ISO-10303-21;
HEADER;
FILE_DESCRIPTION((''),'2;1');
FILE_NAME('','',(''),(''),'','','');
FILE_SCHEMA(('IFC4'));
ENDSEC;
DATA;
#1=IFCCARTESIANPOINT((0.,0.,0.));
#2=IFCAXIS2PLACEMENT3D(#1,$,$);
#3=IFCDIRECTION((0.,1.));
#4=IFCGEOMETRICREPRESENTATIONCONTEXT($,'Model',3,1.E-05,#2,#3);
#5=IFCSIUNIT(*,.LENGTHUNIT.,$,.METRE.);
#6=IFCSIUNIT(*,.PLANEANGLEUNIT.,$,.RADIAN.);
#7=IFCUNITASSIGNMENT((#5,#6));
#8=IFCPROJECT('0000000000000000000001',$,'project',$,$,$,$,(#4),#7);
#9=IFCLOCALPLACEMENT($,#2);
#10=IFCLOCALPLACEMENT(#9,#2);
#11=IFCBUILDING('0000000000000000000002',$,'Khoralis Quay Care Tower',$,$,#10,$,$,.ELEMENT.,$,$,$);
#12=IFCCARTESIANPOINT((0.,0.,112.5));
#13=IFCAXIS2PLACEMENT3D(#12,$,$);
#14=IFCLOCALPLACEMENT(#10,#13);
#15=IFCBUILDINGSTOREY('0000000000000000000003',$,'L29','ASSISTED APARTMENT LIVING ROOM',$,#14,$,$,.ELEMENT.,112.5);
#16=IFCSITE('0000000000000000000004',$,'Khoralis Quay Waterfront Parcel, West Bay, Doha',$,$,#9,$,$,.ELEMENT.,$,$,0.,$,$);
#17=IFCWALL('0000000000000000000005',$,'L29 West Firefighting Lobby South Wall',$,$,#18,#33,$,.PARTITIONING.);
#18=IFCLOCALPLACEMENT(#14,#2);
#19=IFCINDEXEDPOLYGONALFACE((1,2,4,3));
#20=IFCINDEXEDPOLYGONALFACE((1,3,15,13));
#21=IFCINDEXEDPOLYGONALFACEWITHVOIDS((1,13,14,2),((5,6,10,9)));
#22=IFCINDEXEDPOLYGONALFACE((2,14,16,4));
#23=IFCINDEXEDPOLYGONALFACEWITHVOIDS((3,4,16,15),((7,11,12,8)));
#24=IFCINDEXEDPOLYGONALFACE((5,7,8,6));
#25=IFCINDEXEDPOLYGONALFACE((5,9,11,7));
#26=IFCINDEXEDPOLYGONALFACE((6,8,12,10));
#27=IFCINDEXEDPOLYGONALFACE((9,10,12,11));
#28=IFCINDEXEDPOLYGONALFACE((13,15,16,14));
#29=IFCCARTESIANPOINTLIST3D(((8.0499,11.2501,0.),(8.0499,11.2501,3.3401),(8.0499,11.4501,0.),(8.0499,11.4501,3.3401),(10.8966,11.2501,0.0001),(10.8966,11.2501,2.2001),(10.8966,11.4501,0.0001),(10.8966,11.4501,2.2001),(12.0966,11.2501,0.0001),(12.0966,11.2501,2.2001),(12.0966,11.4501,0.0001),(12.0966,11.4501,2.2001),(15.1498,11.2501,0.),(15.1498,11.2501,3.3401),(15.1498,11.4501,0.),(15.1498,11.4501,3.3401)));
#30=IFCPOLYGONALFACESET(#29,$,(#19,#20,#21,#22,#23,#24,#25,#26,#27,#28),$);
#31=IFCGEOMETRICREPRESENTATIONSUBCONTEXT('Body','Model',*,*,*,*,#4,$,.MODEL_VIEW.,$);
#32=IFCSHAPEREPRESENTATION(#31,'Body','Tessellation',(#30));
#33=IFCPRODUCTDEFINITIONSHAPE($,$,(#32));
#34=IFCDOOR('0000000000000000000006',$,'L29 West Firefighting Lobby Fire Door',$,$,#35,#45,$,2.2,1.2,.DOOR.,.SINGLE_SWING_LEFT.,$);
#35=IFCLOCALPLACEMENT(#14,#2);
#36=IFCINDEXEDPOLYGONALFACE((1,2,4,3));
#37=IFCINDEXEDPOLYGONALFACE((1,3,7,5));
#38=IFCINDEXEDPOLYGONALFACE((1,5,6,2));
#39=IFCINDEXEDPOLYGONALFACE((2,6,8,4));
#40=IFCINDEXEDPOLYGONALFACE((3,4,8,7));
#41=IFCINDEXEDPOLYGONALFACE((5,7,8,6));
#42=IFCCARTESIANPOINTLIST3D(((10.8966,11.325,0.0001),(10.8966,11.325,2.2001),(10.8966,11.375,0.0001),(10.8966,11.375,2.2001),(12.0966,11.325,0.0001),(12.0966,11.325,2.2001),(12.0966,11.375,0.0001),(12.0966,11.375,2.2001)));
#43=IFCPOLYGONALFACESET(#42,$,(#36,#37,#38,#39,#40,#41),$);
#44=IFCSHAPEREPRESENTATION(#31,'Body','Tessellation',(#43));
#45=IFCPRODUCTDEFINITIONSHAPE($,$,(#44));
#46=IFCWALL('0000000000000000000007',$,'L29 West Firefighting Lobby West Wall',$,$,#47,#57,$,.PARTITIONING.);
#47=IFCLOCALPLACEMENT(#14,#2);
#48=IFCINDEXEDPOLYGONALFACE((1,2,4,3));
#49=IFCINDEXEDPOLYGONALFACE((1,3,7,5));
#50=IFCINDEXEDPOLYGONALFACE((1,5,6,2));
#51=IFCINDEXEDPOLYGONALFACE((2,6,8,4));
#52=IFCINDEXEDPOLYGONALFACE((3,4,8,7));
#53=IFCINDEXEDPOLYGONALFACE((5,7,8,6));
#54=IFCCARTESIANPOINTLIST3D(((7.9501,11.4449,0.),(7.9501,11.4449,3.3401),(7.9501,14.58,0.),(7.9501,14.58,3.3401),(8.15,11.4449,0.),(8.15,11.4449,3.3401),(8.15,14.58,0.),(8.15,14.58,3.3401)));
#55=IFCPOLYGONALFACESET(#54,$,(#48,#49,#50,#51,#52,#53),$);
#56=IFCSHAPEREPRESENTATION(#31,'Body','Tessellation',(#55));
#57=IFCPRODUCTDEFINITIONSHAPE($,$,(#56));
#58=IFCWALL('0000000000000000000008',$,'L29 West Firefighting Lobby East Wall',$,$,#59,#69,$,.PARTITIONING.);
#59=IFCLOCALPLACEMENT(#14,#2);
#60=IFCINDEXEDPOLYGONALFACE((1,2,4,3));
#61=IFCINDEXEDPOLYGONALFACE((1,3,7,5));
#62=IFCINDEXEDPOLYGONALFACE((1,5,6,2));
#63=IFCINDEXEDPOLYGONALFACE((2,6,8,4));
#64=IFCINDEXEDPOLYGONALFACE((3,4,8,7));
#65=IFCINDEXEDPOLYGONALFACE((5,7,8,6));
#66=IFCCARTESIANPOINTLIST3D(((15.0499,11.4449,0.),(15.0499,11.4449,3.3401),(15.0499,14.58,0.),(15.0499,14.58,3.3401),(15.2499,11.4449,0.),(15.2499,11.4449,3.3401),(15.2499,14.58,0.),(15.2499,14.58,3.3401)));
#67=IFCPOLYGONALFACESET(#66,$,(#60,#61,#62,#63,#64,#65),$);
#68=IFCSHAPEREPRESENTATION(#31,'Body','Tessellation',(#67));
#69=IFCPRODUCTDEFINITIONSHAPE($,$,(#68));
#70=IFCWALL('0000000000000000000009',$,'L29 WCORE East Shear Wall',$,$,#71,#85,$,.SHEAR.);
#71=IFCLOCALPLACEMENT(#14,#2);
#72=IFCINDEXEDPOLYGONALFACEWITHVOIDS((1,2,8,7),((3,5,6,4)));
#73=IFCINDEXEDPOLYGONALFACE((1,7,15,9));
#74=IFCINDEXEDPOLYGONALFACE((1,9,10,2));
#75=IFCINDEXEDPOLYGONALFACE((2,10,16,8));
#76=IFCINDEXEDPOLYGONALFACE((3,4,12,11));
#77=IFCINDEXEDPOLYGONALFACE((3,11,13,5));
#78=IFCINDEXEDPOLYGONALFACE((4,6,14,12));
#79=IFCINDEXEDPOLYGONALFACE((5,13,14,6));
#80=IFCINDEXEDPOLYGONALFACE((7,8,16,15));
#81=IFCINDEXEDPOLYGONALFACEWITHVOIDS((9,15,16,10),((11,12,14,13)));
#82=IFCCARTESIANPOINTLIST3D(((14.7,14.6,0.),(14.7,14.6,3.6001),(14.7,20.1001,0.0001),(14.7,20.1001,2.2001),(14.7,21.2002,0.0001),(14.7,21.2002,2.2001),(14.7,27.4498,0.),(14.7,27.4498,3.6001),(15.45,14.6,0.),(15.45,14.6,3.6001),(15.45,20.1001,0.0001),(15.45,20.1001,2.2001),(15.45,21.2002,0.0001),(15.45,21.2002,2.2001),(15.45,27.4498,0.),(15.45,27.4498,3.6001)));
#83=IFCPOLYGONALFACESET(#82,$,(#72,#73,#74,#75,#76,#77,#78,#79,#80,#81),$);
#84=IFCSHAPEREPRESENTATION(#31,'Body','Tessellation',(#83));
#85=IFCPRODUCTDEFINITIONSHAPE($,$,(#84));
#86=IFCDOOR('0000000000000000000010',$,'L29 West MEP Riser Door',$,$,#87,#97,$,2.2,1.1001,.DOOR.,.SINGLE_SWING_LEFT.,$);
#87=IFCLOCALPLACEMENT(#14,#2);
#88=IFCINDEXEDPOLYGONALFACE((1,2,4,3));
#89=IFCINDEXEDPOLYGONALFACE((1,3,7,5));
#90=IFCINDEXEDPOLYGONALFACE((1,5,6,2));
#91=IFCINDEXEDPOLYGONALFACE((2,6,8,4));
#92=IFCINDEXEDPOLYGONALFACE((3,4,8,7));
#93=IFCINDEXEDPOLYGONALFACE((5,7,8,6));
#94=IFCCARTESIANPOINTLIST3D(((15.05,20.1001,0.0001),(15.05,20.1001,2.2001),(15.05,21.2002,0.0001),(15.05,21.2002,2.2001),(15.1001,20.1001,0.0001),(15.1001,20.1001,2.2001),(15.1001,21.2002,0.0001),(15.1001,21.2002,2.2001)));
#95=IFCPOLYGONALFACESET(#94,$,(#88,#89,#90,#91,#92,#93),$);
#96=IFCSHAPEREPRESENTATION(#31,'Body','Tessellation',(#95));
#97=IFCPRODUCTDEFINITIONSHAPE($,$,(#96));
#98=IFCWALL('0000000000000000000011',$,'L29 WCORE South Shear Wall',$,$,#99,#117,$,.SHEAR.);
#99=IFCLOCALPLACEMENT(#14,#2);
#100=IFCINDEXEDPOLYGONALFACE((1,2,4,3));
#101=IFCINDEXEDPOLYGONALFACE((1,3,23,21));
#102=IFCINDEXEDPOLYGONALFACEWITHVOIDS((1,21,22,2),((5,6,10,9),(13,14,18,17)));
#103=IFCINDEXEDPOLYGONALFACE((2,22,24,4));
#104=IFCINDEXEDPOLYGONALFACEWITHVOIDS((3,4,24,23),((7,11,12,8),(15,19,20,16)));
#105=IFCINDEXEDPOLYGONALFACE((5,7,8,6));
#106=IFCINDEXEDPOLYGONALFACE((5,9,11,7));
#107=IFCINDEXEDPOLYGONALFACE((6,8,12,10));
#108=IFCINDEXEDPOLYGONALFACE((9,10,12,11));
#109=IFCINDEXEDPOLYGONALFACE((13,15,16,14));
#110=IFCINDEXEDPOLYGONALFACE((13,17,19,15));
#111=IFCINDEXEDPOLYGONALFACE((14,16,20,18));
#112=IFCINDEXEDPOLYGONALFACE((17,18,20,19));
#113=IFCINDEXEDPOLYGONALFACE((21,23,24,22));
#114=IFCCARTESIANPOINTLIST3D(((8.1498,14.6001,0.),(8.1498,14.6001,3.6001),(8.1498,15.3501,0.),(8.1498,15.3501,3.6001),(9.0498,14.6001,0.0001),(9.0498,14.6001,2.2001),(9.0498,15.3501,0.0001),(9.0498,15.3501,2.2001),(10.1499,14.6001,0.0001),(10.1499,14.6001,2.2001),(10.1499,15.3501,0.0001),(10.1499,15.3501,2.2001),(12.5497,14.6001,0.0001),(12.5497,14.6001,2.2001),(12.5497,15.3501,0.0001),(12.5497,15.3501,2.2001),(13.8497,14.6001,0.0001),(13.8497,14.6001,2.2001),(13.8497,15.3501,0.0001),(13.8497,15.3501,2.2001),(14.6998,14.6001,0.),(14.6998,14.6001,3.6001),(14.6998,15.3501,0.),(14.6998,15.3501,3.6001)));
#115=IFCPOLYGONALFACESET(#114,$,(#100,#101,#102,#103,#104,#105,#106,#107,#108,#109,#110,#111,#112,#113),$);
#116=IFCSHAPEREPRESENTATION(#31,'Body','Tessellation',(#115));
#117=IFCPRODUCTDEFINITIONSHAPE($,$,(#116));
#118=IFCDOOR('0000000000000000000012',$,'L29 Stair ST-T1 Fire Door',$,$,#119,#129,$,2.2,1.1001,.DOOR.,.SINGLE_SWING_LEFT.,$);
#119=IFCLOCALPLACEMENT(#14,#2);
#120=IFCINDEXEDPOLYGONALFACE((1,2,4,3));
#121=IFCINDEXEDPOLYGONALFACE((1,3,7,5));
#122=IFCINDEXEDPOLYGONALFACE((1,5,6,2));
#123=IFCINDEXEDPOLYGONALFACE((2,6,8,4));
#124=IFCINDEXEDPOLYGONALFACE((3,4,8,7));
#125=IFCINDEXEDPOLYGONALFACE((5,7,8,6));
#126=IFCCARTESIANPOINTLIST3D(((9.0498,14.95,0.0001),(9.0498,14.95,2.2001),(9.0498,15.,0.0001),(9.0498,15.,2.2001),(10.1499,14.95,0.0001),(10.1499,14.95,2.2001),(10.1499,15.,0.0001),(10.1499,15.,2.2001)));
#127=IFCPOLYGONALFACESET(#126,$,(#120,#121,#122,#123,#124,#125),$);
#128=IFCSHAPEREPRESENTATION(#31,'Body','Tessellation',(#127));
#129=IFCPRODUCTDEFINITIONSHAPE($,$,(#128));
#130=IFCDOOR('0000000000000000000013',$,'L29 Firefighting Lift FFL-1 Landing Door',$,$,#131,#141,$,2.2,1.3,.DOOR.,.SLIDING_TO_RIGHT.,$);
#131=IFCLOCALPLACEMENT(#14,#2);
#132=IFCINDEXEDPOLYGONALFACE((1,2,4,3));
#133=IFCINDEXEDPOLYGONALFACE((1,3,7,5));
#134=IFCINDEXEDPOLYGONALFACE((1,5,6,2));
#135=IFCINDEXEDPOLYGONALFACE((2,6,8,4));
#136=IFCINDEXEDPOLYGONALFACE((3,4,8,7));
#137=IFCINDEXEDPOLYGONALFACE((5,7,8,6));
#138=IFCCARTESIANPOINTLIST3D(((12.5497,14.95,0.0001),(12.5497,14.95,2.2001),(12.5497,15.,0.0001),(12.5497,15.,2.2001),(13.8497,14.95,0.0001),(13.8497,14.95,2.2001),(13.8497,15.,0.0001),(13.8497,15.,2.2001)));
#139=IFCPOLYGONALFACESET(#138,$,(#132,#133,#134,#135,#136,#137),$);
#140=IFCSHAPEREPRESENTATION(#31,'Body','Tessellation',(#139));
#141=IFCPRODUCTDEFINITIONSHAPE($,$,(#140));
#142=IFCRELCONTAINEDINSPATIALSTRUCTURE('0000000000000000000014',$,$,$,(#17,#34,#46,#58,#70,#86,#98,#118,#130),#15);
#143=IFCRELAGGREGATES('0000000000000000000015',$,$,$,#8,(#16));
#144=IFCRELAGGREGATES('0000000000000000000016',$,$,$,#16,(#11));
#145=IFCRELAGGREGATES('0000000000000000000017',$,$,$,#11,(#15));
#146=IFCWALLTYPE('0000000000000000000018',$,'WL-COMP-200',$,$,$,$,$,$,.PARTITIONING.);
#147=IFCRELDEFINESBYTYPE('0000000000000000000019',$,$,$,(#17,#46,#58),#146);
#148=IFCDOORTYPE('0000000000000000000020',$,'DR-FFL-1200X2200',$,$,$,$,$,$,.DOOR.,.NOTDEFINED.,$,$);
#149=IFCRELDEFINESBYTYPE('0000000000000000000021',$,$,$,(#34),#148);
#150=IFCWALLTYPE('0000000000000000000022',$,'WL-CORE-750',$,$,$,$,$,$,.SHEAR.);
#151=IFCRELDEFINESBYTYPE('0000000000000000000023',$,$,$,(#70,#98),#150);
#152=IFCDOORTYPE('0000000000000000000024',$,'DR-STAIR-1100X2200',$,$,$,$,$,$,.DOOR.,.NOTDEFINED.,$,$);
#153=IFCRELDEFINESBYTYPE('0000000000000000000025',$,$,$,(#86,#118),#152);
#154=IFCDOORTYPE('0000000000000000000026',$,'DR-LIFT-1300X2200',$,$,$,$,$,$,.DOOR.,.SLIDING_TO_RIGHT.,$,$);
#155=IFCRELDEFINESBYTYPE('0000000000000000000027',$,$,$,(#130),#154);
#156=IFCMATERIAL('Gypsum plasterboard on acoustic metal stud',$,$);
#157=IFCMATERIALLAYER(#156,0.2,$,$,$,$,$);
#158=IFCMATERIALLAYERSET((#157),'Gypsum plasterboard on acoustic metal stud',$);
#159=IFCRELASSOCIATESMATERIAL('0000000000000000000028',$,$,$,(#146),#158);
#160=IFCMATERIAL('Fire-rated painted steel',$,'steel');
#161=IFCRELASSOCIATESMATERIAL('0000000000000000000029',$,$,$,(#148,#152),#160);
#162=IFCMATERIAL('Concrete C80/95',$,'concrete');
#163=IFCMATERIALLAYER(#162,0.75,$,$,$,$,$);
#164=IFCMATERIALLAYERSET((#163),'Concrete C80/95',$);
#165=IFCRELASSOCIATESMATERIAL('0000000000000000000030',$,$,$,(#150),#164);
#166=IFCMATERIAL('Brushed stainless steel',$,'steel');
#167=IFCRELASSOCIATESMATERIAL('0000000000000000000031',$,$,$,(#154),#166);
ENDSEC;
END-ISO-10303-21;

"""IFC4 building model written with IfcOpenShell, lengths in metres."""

from ifc_helpers import new_model, si_unit, direction, frame, frame_2d, origin, place, context, subcontext, project, spatial, rectangle, extrude, source, transform, mapped, material, layer, layer_set, type_object, element, fill, save


model = new_model("IFC4")

# Units and contexts
model_context = context("Model", 3, precision=1e-05, world=origin(), true_north=direction((0.0, 1.0)))
body_context = subcontext(model_context, "Body", "Model", "MODEL_VIEW")
ifc_project = project(units=[si_unit("LENGTHUNIT", "METRE"), si_unit("PLANEANGLEUNIT", "RADIAN")], contexts=[model_context])

# Site, building, storey
site_placement = place(None, origin())
site = spatial("IfcSite", under=ifc_project, at=site_placement, Name="Khoralis Quay Waterfront Parcel, West Bay, Doha", CompositionType="ELEMENT", RefElevation=0.0)
building_placement = place(site_placement, origin())
building = spatial("IfcBuilding", under=site, at=building_placement, Name="Khoralis Quay Care Tower", CompositionType="ELEMENT")
storey_placement = place(building_placement, frame((0.0, 0.0, 112.5)))
storey = spatial("IfcBuildingStorey", under=building, at=storey_placement, Name="L29", Description="ASSISTED APARTMENT LIVING ROOM", CompositionType="ELEMENT", Elevation=112.5)

# Wall, opening, door
ifc_material_1 = material(Name="Gypsum plasterboard on acoustic metal stud")
ifc_layer_1 = layer(ifc_material_1, 0.2)
ifc_layer_set_1 = layer_set([ifc_layer_1], Name="Gypsum plasterboard on acoustic metal stud")
wall_type_1 = type_object("IfcWallType", Name="WL-COMP-200", PredefinedType="PARTITIONING", material=ifc_layer_set_1)
wall_1_placement = place(storey_placement, frame((8.05, 11.3501, 0.0), z_axis=(0.0, 0.0, 1.0), x_axis=(1.0, 0.0, 0.0)))
wall_1 = element("IfcWall", 1, at=wall_1_placement, inside=storey, type_object=wall_type_1, Name="L29 West Firefighting Lobby South Wall", PredefinedType="PARTITIONING", context=body_context, shape_type="SweptSolid", body=[
    extrude(rectangle(XDim=7.0999, YDim=0.2, at=frame_2d((3.5498, 0.0))), origin(), (0.0, 0.0, 1.0), 3.3401),
])
opening_1_placement = place(wall_1_placement, frame((2.8464, 0.0, 0.0)))
opening_1 = element("IfcOpeningElement", 2, at=opening_1_placement, cuts=wall_1, PredefinedType="OPENING", context=body_context, shape_type="SweptSolid", body=[
    extrude(rectangle(XDim=1.2, YDim=2.2, at=frame_2d((0.6001, 1.1001))), frame((0.0, 0.1099, 0.0), z_axis=(0.0, -1.0, 0.0), x_axis=(1.0, 0.0, 0.0)), (0.0, 0.0, 1.0), 0.22),
])
ifc_material_2 = material(Name="Fire-rated painted steel", Category="steel")
door_type_1 = type_object("IfcDoorType", Name="DR-FFL-1200X2200", OperationType="NOTDEFINED", PredefinedType="DOOR", material=ifc_material_2)
shared_shape_1 = source(origin(), body_context, "Body", "SweptSolid", [
    extrude(rectangle(XDim=1.2, YDim=2.2, at=frame_2d((0.6001, 1.1001))), frame((0.0, 0.0249, 0.0), z_axis=(0.0, -1.0, 0.0), x_axis=(1.0, 0.0, 0.0)), (0.0, 0.0, 1.0), 0.05),
])
door_1_placement = place(opening_1_placement, origin())
door_1 = element("IfcDoor", 3, at=door_1_placement, inside=storey, type_object=door_type_1, Name="L29 West Firefighting Lobby Fire Door", OperationType="SINGLE_SWING_LEFT", OverallHeight=2.2, OverallWidth=1.2, PredefinedType="DOOR", context=body_context, shape_type="MappedRepresentation", body=[
    mapped(shared_shape_1, transform((0.0, 0.0, 0.0), scale=1.0)),
])
fill(opening_1, door_1)

# Walls
for number, where, z_axis, x_axis, name in (
    (4, (8.05, 11.4451, 0.0), (0.0, 0.0, 1.0), (0.0, 1.0, 0.0), "L29 West Firefighting Lobby West Wall"),
    (5, (15.1499, 11.4451, 0.0), (0.0, 0.0, 1.0), (0.0, 1.0, 0.0), "L29 West Firefighting Lobby East Wall"),
):
    element("IfcWall", number, at=place(storey_placement, frame(where, z_axis=z_axis, x_axis=x_axis)), inside=storey, type_object=wall_type_1, Name=name, PredefinedType="PARTITIONING", context=body_context, shape_type="SweptSolid", body=[
        extrude(rectangle(XDim=3.135, YDim=0.2, at=frame_2d((1.5674, 0.0))), origin(), (0.0, 0.0, 1.0), 3.3401),
    ])

# Wall, opening, door
ifc_material_3 = material(Name="Concrete C80/95", Category="concrete")
ifc_layer_2 = layer(ifc_material_3, 0.75)
ifc_layer_set_2 = layer_set([ifc_layer_2], Name="Concrete C80/95")
wall_type_2 = type_object("IfcWallType", Name="WL-CORE-750", PredefinedType="SHEAR", material=ifc_layer_set_2)
wall_2_placement = place(storey_placement, frame((15.075, 14.6001, 0.0), z_axis=(0.0, 0.0, 1.0), x_axis=(0.0, 1.0, 0.0)))
wall_2 = element("IfcWall", 6, at=wall_2_placement, inside=storey, type_object=wall_type_2, Name="L29 WCORE East Shear Wall", PredefinedType="SHEAR", context=body_context, shape_type="SweptSolid", body=[
    extrude(rectangle(XDim=12.8499, YDim=0.75, at=frame_2d((6.4248, 0.0))), origin(), (0.0, 0.0, 1.0), 3.6001),
])
opening_2_placement = place(wall_2_placement, frame((5.5, 0.0, 0.0)))
opening_2 = element("IfcOpeningElement", 7, at=opening_2_placement, cuts=wall_2, PredefinedType="OPENING", context=body_context, shape_type="SweptSolid", body=[
    extrude(rectangle(XDim=1.1001, YDim=2.2, at=frame_2d((0.55, 1.1001))), frame((0.0, 0.385, 0.0), z_axis=(0.0, -1.0, 0.0), x_axis=(1.0, 0.0, 0.0)), (0.0, 0.0, 1.0), 0.77),
])
door_type_2 = type_object("IfcDoorType", Name="DR-STAIR-1100X2200", OperationType="NOTDEFINED", PredefinedType="DOOR", material=ifc_material_2)
shared_shape_2 = source(origin(), body_context, "Body", "SweptSolid", [
    extrude(rectangle(XDim=1.1001, YDim=2.2, at=frame_2d((0.55, 1.1001))), frame((0.0, 0.0249, 0.0), z_axis=(0.0, -1.0, 0.0), x_axis=(1.0, 0.0, 0.0)), (0.0, 0.0, 1.0), 0.05),
])
door_2_placement = place(opening_2_placement, origin())
door_2 = element("IfcDoor", 8, at=door_2_placement, inside=storey, type_object=door_type_2, Name="L29 West MEP Riser Door", OperationType="SINGLE_SWING_LEFT", OverallHeight=2.2, OverallWidth=1.1001, PredefinedType="DOOR", context=body_context, shape_type="MappedRepresentation", body=[
    mapped(shared_shape_2, transform((0.0, 0.0, 0.0), scale=1.0)),
])
fill(opening_2, door_2)

# Wall, openings, doors
wall_3_placement = place(storey_placement, frame((8.1499, 14.9751, 0.0), z_axis=(0.0, 0.0, 1.0), x_axis=(1.0, 0.0, 0.0)))
wall_3 = element("IfcWall", 9, at=wall_3_placement, inside=storey, type_object=wall_type_2, Name="L29 WCORE South Shear Wall", PredefinedType="SHEAR", context=body_context, shape_type="SweptSolid", body=[
    extrude(rectangle(XDim=6.55, YDim=0.75, at=frame_2d((3.2749, 0.0))), origin(), (0.0, 0.0, 1.0), 3.6001),
])
opening_3_placement = place(wall_3_placement, frame((0.8999, 0.0, 0.0)))
opening_3 = element("IfcOpeningElement", 10, at=opening_3_placement, cuts=wall_3, PredefinedType="OPENING", context=body_context, shape_type="SweptSolid", body=[
    extrude(rectangle(XDim=1.1001, YDim=2.2, at=frame_2d((0.55, 1.1001))), frame((0.0, 0.385, 0.0), z_axis=(0.0, -1.0, 0.0), x_axis=(1.0, 0.0, 0.0)), (0.0, 0.0, 1.0), 0.77),
])
opening_4_placement = place(wall_3_placement, frame((4.3999, 0.0, 0.0)))
opening_4 = element("IfcOpeningElement", 11, at=opening_4_placement, cuts=wall_3, PredefinedType="OPENING", context=body_context, shape_type="SweptSolid", body=[
    extrude(rectangle(XDim=1.3, YDim=2.2, at=frame_2d((0.6499, 1.1001))), frame((0.0, 0.385, 0.0), z_axis=(0.0, -1.0, 0.0), x_axis=(1.0, 0.0, 0.0)), (0.0, 0.0, 1.0), 0.77),
])
door_3_placement = place(opening_3_placement, origin())
door_3 = element("IfcDoor", 12, at=door_3_placement, inside=storey, type_object=door_type_2, Name="L29 Stair ST-T1 Fire Door", OperationType="SINGLE_SWING_LEFT", OverallHeight=2.2, OverallWidth=1.1001, PredefinedType="DOOR", context=body_context, shape_type="MappedRepresentation", body=[
    mapped(shared_shape_2, transform((0.0, 0.0, 0.0), scale=1.0)),
])
fill(opening_3, door_3)
ifc_material_4 = material(Name="Brushed stainless steel", Category="steel")
door_type_3 = type_object("IfcDoorType", Name="DR-LIFT-1300X2200", OperationType="SLIDING_TO_RIGHT", PredefinedType="DOOR", material=ifc_material_4)
shared_shape_3 = source(origin(), body_context, "Body", "SweptSolid", [
    extrude(rectangle(XDim=1.3, YDim=2.2, at=frame_2d((0.6499, 1.1001))), frame((0.0, 0.0249, 0.0), z_axis=(0.0, -1.0, 0.0), x_axis=(1.0, 0.0, 0.0)), (0.0, 0.0, 1.0), 0.05),
])
door_4_placement = place(opening_4_placement, origin())
door_4 = element("IfcDoor", 13, at=door_4_placement, inside=storey, type_object=door_type_3, Name="L29 Firefighting Lift FFL-1 Landing Door", OperationType="SLIDING_TO_RIGHT", OverallHeight=2.2, OverallWidth=1.3, PredefinedType="DOOR", context=body_context, shape_type="MappedRepresentation", body=[
    mapped(shared_shape_3, transform((0.0, 0.0, 0.0), scale=1.0)),
])
fill(opening_4, door_4)

save(model, "model.ifc")
